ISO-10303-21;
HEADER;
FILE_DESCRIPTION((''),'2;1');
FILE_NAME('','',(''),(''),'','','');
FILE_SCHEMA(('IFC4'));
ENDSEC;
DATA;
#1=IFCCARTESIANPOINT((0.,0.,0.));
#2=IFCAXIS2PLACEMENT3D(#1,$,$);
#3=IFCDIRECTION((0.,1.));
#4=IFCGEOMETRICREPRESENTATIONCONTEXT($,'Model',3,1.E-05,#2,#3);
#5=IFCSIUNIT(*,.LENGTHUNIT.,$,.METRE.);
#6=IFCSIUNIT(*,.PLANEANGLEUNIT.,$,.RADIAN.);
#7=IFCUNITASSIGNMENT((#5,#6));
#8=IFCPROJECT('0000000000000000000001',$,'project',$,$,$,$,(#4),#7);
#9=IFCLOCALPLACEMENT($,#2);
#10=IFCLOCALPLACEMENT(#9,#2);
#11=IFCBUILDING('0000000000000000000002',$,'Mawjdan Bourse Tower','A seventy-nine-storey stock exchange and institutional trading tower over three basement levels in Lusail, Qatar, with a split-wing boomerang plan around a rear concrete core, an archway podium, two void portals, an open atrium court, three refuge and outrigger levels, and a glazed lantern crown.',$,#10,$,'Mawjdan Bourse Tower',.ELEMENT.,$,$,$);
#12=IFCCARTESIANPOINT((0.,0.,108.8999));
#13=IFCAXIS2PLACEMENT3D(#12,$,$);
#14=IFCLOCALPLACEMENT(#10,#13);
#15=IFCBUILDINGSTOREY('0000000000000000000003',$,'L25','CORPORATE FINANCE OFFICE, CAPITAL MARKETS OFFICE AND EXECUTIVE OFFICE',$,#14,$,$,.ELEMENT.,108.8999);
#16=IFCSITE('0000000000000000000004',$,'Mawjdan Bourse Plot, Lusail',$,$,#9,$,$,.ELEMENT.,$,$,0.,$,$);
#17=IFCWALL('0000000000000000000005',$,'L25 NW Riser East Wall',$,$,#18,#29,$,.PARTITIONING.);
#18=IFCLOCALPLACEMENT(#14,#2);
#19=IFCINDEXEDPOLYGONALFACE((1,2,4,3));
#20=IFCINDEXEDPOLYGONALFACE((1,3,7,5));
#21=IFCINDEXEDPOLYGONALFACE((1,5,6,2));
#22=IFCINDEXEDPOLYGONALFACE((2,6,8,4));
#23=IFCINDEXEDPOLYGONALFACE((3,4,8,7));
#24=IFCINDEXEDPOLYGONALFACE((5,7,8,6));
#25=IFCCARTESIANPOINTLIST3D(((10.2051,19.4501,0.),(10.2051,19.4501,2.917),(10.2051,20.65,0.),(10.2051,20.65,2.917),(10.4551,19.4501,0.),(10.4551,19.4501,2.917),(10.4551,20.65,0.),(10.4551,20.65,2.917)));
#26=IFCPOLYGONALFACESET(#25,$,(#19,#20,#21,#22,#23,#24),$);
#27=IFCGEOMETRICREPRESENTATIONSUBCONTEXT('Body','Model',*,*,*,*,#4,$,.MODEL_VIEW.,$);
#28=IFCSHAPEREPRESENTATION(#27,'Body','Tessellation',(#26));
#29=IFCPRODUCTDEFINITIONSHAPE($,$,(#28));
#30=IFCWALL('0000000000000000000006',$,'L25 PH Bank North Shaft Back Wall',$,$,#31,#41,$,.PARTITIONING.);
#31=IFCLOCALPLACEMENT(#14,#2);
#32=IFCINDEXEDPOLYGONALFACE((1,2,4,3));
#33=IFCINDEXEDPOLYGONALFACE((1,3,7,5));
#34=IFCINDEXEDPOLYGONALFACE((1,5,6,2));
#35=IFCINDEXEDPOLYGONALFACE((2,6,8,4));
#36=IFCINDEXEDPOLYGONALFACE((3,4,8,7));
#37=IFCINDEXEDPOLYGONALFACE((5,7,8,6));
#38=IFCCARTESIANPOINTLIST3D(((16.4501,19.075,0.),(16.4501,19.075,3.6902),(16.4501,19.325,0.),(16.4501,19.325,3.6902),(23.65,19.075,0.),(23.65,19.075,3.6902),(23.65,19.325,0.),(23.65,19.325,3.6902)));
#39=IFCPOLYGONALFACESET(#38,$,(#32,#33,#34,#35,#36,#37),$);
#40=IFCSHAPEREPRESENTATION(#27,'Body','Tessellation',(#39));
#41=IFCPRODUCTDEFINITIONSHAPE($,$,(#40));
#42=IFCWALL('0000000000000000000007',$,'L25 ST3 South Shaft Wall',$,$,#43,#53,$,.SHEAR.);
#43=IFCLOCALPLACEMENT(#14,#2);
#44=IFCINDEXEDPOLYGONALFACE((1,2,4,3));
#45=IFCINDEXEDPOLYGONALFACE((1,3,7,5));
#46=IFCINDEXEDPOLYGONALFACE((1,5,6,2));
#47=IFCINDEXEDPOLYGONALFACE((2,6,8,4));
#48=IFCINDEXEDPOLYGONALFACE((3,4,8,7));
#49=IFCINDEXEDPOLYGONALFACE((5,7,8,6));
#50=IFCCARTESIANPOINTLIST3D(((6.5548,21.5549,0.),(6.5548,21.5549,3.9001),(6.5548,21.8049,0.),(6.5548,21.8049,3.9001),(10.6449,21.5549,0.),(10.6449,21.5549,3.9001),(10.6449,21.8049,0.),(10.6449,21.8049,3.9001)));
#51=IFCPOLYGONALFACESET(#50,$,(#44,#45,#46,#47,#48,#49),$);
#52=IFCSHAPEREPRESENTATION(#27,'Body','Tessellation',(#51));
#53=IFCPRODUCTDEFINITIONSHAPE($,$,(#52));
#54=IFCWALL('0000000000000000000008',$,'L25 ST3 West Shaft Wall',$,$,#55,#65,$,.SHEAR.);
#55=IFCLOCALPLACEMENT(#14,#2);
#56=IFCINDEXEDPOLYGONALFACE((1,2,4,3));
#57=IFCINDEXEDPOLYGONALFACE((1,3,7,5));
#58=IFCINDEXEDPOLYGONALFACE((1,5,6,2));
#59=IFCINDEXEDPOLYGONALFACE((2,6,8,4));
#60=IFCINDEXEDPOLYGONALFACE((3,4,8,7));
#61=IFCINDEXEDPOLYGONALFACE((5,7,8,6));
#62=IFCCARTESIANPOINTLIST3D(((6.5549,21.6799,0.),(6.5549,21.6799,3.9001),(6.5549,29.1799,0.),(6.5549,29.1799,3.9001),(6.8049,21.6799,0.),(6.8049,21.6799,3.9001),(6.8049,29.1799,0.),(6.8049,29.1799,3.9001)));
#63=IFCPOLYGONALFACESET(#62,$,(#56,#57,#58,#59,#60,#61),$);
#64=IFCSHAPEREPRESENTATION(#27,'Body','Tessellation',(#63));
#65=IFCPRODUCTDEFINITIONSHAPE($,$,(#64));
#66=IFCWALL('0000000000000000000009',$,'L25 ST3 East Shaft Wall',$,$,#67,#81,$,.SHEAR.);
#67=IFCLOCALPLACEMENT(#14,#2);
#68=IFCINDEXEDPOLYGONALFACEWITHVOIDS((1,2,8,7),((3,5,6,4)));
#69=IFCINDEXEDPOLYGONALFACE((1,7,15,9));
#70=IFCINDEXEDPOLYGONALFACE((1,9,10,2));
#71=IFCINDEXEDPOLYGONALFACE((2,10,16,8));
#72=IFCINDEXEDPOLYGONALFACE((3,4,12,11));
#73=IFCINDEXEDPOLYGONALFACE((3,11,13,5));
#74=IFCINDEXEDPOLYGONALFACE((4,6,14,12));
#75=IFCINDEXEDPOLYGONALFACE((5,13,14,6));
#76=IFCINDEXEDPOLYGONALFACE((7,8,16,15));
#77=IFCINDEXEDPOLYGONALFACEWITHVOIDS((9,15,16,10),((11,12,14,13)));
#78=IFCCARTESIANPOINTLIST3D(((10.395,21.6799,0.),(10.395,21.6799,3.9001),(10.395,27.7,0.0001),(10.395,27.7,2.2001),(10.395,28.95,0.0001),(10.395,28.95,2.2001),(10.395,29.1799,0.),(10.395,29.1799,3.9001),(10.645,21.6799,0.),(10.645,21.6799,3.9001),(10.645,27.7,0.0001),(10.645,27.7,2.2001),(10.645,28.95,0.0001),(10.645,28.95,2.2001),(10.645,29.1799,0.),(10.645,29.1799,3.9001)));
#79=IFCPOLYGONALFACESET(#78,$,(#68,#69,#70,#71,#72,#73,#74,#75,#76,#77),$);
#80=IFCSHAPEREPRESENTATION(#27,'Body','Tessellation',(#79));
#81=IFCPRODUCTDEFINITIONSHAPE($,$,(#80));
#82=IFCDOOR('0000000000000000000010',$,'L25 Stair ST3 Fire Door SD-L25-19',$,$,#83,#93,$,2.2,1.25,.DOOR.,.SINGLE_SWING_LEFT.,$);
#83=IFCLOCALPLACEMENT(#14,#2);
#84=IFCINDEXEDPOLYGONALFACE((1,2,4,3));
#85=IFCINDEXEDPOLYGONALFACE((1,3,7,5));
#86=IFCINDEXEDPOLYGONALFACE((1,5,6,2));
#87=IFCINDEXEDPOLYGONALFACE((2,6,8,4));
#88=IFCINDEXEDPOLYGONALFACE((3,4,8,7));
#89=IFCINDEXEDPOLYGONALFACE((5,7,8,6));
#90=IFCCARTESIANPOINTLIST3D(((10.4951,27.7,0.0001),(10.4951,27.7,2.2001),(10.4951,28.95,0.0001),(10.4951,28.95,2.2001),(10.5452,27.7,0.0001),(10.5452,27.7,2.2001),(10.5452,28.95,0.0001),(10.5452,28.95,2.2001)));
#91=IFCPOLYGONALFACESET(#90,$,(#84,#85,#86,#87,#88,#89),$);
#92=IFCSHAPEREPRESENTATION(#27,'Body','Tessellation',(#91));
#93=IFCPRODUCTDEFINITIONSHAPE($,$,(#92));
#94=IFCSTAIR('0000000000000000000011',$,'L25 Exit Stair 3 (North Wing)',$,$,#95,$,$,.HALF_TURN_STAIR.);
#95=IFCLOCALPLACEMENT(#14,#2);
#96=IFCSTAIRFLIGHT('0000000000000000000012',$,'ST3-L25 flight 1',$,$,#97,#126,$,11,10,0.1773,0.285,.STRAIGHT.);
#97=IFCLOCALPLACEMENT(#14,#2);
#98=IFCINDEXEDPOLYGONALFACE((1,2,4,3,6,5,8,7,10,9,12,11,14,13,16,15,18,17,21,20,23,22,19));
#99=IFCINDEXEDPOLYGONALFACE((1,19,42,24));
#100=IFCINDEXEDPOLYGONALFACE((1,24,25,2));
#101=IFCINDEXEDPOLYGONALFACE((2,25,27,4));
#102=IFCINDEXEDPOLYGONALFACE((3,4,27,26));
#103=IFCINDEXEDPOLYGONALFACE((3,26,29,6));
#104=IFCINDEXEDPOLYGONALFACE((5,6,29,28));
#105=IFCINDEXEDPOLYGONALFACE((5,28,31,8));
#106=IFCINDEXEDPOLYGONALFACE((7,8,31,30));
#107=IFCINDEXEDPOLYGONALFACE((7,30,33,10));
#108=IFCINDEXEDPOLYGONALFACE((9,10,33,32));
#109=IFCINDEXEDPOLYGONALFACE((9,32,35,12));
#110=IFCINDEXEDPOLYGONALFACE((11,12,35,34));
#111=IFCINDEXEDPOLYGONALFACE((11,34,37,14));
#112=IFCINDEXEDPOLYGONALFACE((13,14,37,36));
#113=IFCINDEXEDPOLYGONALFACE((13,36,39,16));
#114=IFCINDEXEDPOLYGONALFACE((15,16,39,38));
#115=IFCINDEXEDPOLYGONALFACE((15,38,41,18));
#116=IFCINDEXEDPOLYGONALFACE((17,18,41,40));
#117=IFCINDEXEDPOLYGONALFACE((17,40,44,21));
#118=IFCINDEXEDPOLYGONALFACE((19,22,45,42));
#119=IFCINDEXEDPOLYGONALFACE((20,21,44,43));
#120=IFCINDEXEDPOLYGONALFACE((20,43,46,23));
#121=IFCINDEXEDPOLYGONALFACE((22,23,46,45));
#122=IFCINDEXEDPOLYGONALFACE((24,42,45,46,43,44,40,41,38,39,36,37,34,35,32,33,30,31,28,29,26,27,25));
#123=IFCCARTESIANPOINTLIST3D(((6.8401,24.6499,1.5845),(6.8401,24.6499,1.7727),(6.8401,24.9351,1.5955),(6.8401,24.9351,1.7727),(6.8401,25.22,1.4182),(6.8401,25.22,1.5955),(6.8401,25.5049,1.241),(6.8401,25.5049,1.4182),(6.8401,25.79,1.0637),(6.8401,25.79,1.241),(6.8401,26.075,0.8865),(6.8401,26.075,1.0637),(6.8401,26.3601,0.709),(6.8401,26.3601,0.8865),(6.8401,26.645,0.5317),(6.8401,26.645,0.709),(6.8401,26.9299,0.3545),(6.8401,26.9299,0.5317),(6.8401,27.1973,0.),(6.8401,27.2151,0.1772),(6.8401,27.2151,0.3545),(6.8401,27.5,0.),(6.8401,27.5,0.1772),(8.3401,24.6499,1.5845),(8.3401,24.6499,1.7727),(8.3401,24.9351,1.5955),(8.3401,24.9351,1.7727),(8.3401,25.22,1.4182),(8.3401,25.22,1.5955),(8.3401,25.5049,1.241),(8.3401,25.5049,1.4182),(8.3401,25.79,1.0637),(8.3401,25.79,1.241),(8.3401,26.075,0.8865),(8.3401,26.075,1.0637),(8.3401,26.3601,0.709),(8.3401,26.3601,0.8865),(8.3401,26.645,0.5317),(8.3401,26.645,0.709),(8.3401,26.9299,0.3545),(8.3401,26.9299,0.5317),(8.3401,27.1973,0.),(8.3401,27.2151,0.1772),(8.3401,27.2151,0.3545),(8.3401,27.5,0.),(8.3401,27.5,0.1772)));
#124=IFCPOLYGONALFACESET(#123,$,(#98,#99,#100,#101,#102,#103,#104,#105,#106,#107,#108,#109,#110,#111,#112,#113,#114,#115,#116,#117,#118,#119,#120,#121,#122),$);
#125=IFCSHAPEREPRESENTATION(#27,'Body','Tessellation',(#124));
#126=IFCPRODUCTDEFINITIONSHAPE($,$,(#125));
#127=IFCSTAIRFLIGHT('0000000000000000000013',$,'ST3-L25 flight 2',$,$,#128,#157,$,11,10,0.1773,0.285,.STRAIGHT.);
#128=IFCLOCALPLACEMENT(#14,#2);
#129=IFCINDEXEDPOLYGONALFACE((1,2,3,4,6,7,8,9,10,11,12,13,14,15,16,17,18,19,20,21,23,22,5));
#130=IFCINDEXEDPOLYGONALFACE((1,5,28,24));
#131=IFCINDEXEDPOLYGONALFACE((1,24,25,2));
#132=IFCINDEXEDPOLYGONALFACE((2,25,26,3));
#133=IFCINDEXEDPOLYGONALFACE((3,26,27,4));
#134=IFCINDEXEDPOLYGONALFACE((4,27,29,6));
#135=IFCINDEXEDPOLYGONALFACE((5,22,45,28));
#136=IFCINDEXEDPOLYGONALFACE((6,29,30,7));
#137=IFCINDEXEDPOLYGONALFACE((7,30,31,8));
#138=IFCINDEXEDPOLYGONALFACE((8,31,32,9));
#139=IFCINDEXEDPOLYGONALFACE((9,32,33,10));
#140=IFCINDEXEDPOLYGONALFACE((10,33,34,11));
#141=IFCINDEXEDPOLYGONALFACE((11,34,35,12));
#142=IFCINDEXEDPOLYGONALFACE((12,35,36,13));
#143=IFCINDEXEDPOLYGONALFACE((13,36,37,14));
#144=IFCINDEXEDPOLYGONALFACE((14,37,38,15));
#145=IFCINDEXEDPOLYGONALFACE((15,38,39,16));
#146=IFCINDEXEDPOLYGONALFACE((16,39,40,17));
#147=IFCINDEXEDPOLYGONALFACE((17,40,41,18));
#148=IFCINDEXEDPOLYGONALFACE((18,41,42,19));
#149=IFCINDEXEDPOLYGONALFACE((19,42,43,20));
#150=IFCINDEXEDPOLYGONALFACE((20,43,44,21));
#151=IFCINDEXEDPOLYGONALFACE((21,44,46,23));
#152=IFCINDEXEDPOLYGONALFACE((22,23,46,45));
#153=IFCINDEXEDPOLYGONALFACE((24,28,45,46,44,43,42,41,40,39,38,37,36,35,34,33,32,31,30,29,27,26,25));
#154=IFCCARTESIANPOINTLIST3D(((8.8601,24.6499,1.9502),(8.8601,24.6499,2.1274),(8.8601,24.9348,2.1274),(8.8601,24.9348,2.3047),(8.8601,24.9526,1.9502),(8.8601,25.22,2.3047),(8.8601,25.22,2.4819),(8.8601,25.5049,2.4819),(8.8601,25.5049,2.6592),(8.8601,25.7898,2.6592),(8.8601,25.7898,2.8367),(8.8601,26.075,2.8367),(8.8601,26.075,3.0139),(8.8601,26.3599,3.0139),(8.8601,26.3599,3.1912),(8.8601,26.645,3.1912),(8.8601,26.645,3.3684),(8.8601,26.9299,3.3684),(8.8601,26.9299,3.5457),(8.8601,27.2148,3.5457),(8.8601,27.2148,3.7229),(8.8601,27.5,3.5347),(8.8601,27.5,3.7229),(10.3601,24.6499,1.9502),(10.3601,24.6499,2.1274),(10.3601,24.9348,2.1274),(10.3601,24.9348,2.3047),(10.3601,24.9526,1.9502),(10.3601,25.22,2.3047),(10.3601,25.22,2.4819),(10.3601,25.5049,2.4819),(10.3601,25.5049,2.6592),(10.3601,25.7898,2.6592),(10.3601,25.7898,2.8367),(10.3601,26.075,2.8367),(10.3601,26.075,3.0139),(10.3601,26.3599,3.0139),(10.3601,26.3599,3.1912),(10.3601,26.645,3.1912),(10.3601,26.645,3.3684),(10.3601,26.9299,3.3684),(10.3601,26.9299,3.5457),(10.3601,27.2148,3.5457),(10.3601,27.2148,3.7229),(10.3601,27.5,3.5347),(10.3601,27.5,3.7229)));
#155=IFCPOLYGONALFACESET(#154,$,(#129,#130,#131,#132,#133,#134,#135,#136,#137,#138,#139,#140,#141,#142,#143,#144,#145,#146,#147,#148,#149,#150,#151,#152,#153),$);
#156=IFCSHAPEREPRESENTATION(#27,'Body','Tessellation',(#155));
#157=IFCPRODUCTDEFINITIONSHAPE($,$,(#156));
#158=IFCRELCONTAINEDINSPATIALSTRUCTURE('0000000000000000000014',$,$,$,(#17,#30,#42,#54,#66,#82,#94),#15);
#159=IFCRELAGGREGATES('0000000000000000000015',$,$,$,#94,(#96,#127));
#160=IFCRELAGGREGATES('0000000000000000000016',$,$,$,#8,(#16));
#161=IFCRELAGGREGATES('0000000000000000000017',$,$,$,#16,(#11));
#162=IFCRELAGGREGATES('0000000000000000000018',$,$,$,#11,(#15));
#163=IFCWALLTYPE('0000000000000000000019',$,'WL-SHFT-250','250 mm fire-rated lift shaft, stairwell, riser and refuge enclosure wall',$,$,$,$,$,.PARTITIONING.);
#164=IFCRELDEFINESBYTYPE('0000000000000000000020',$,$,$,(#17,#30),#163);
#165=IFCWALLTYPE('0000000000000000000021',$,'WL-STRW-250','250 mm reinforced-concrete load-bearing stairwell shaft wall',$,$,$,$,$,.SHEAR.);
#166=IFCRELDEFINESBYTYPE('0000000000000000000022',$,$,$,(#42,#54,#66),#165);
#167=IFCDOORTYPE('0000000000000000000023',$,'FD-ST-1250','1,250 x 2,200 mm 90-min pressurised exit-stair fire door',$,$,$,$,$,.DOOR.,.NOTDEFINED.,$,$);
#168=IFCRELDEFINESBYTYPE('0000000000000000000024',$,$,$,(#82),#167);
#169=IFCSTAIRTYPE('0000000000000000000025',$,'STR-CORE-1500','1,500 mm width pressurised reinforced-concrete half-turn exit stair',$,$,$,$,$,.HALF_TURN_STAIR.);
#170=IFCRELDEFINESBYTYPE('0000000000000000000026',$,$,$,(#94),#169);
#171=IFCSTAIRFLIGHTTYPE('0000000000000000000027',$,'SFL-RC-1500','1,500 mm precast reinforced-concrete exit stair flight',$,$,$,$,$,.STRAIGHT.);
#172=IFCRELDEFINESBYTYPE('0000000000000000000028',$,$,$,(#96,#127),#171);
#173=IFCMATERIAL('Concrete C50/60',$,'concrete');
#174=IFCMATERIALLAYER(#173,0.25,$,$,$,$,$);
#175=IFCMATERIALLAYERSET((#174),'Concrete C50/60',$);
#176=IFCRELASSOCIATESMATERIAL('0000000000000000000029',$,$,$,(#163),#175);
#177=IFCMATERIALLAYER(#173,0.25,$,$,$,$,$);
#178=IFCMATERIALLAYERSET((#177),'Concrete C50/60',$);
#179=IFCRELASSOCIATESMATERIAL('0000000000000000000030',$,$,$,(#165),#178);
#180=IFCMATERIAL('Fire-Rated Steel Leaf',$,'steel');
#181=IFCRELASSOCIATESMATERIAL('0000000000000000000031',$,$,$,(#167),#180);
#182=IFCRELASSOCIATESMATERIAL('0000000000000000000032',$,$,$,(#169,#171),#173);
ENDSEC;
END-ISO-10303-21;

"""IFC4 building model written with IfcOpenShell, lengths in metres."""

from ifc_helpers import new_model, si_unit, direction, frame, frame_2d, origin, place, context, subcontext, project, spatial, polyline, rectangle, outline, extrude, material, layer, layer_set, type_object, element, fill, aggregate, save


model = new_model("IFC4")

# Units and contexts
model_context = context("Model", 3, precision=1e-05, world=origin(), true_north=direction((0.0, 1.0)))
body_context = subcontext(model_context, "Body", "Model", "MODEL_VIEW")
ifc_project = project(units=[si_unit("LENGTHUNIT", "METRE"), si_unit("PLANEANGLEUNIT", "RADIAN")], contexts=[model_context])

# Site, building, storey
site_placement = place(None, origin())
site = spatial("IfcSite", under=ifc_project, at=site_placement, Name="Mawjdan Bourse Plot, Lusail", CompositionType="ELEMENT", RefElevation=0.0)
building_placement = place(site_placement, origin())
building = spatial("IfcBuilding", under=site, at=building_placement, Name="Mawjdan Bourse Tower", Description="A seventy-nine-storey stock exchange and institutional trading tower over three basement levels in Lusail, Qatar, with a split-wing boomerang plan around a rear concrete core, an archway podium, two void portals, an open atrium court, three refuge and outrigger levels, and a glazed lantern crown.", LongName="Mawjdan Bourse Tower", CompositionType="ELEMENT")
storey_placement = place(building_placement, frame((0.0, 0.0, 108.8999)))
storey = spatial("IfcBuildingStorey", under=building, at=storey_placement, Name="L25", Description="CORPORATE FINANCE OFFICE, CAPITAL MARKETS OFFICE AND EXECUTIVE OFFICE", CompositionType="ELEMENT", Elevation=108.8999)

# Walls
ifc_material_1 = material(Name="Concrete C50/60", Category="concrete")
ifc_layer_1 = layer(ifc_material_1, 0.25)
ifc_layer_set_1 = layer_set([ifc_layer_1], Name="Concrete C50/60")
wall_type_1 = type_object("IfcWallType", Name="WL-SHFT-250", Description="250 mm fire-rated lift shaft, stairwell, riser and refuge enclosure wall", PredefinedType="PARTITIONING", material=ifc_layer_set_1)
wall_1_placement = place(storey_placement, frame((10.3301, 19.45, 0.0), z_axis=(0.0, 0.0, 1.0), x_axis=(0.0, 1.0, 0.0)))
element("IfcWall", 1, at=wall_1_placement, inside=storey, type_object=wall_type_1, Name="L25 NW Riser East Wall", PredefinedType="PARTITIONING", context=body_context, shape_type="SweptSolid", body=[
    extrude(rectangle(XDim=1.2, YDim=0.25, at=frame_2d((0.6001, 0.0))), origin(), (0.0, 0.0, 1.0), 2.917),
])
wall_2_placement = place(storey_placement, frame((16.45, 19.2, 0.0), z_axis=(0.0, 0.0, 1.0), x_axis=(1.0, 0.0, 0.0)))
element("IfcWall", 2, at=wall_2_placement, inside=storey, type_object=wall_type_1, Name="L25 PH Bank North Shaft Back Wall", PredefinedType="PARTITIONING", context=body_context, shape_type="SweptSolid", body=[
    extrude(rectangle(XDim=7.2, YDim=0.25, at=frame_2d((3.6001, 0.0))), origin(), (0.0, 0.0, 1.0), 3.6902),
])
ifc_layer_2 = layer(ifc_material_1, 0.25)
ifc_layer_set_2 = layer_set([ifc_layer_2], Name="Concrete C50/60")
wall_type_2 = type_object("IfcWallType", Name="WL-STRW-250", Description="250 mm reinforced-concrete load-bearing stairwell shaft wall", PredefinedType="SHEAR", material=ifc_layer_set_2)
wall_3_placement = place(storey_placement, frame((6.5549, 21.6799, 0.0), z_axis=(0.0, 0.0, 1.0), x_axis=(1.0, 0.0, 0.0)))
element("IfcWall", 3, at=wall_3_placement, inside=storey, type_object=wall_type_2, Name="L25 ST3 South Shaft Wall", PredefinedType="SHEAR", context=body_context, shape_type="SweptSolid", body=[
    extrude(rectangle(XDim=4.0901, YDim=0.25, at=frame_2d((2.0449, 0.0))), origin(), (0.0, 0.0, 1.0), 3.9001),
])
wall_4_placement = place(storey_placement, frame((6.6799, 21.6799, 0.0), z_axis=(0.0, 0.0, 1.0), x_axis=(0.0, 1.0, 0.0)))
element("IfcWall", 4, at=wall_4_placement, inside=storey, type_object=wall_type_2, Name="L25 ST3 West Shaft Wall", PredefinedType="SHEAR", context=body_context, shape_type="SweptSolid", body=[
    extrude(rectangle(XDim=7.5, YDim=0.25, at=frame_2d((3.75, 0.0))), origin(), (0.0, 0.0, 1.0), 3.9001),
])

# Wall, opening, door
wall_5_placement = place(storey_placement, frame((10.52, 21.6799, 0.0), z_axis=(0.0, 0.0, 1.0), x_axis=(0.0, 1.0, 0.0)))
wall_5 = element("IfcWall", 5, at=wall_5_placement, inside=storey, type_object=wall_type_2, Name="L25 ST3 East Shaft Wall", PredefinedType="SHEAR", context=body_context, shape_type="SweptSolid", body=[
    extrude(rectangle(XDim=7.5, YDim=0.25, at=frame_2d((3.75, 0.0))), origin(), (0.0, 0.0, 1.0), 3.9001),
])
opening_1_placement = place(wall_5_placement, frame((6.02, 0.0, 0.0)))
opening_1 = element("IfcOpeningElement", 6, at=opening_1_placement, cuts=wall_5, PredefinedType="OPENING", context=body_context, shape_type="SweptSolid", body=[
    extrude(rectangle(XDim=1.25, YDim=2.2, at=frame_2d((0.625, 1.1001))), frame((0.0, 0.135, 0.0), z_axis=(0.0, -1.0, 0.0), x_axis=(1.0, 0.0, 0.0)), (0.0, 0.0, 1.0), 0.27),
])
ifc_material_2 = material(Name="Fire-Rated Steel Leaf", Category="steel")
door_type_1 = type_object("IfcDoorType", Name="FD-ST-1250", Description="1,250 x 2,200 mm 90-min pressurised exit-stair fire door", OperationType="NOTDEFINED", PredefinedType="DOOR", material=ifc_material_2)
door_1_placement = place(opening_1_placement, origin())
door_1 = element("IfcDoor", 7, at=door_1_placement, inside=storey, type_object=door_type_1, Name="L25 Stair ST3 Fire Door SD-L25-19", OperationType="SINGLE_SWING_LEFT", OverallHeight=2.2, OverallWidth=1.25, PredefinedType="DOOR", context=body_context, shape_type="SweptSolid", body=[
    extrude(rectangle(XDim=1.25, YDim=2.2, at=frame_2d((0.625, 1.1001))), frame((0.0, 0.0249, 0.0), z_axis=(0.0, -1.0, 0.0), x_axis=(1.0, 0.0, 0.0)), (0.0, 0.0, 1.0), 0.05),
])
fill(opening_1, door_1)

# Stair, stair flights
stair_type = type_object("IfcStairType", Name="STR-CORE-1500", Description="1,500 mm width pressurised reinforced-concrete half-turn exit stair", PredefinedType="HALF_TURN_STAIR", material=ifc_material_1)
stair_placement = place(storey_placement, origin())
stair = element("IfcStair", 8, at=stair_placement, inside=storey, type_object=stair_type, Name="L25 Exit Stair 3 (North Wing)", PredefinedType="HALF_TURN_STAIR")
stair_flight_type = type_object("IfcStairFlightType", Name="SFL-RC-1500", Description="1,500 mm precast reinforced-concrete exit stair flight", PredefinedType="STRAIGHT", material=ifc_material_1)
stair_flight_1_placement = place(storey_placement, frame((7.5901, 27.5, 0.0), z_axis=(0.0, 0.0, 1.0), x_axis=(0.0, -1.0, 0.0)))
stair_flight_1 = element("IfcStairFlight", 9, at=stair_flight_1_placement, type_object=stair_flight_type, Name="ST3-L25 flight 1", NumberOfRisers=11, NumberOfTreads=10, PredefinedType="STRAIGHT", RiserHeight=0.1773, TreadLength=0.285, context=body_context, shape_type="SweptSolid", body=[
    extrude(outline(polyline([(0.0, 0.0), (0.0, 0.1772), (0.2849, 0.1772), (0.2849, 0.3545), (0.5701, 0.3545), (0.5701, 0.5317), (0.855, 0.5317), (0.855, 0.709), (1.1399, 0.709), (1.1399, 0.8865), (1.425, 0.8865), (1.425, 1.0637), (1.71, 1.0637), (1.71, 1.241), (1.9951, 1.241), (1.9951, 1.4182), (2.28, 1.4182), (2.28, 1.5955), (2.5649, 1.5955), (2.5649, 1.7727), (2.8501, 1.7727), (2.8501, 1.95), (2.8501, 1.5845), (0.3027, 0.0), (0.0, 0.0)])), frame((0.0, 0.75, 0.0), z_axis=(0.0, -1.0, 0.0), x_axis=(1.0, 0.0, 0.0)), (0.0, 0.0, 1.0), 1.5),
])
stair_flight_2_placement = place(storey_placement, frame((9.6101, 24.6499, 1.9502), z_axis=(0.0, 0.0, 1.0), x_axis=(0.0, 1.0, 0.0)))
stair_flight_2 = element("IfcStairFlight", 10, at=stair_flight_2_placement, type_object=stair_flight_type, Name="ST3-L25 flight 2", NumberOfRisers=11, NumberOfTreads=10, PredefinedType="STRAIGHT", RiserHeight=0.1773, TreadLength=0.285, context=body_context, shape_type="SweptSolid", body=[
    extrude(outline(polyline([(0.0, 0.0), (0.0, 0.1772), (0.2849, 0.1772), (0.2849, 0.3545), (0.5701, 0.3545), (0.5701, 0.5317), (0.855, 0.5317), (0.855, 0.709), (1.1399, 0.709), (1.1399, 0.8865), (1.425, 0.8865), (1.425, 1.0637), (1.71, 1.0637), (1.71, 1.241), (1.9951, 1.241), (1.9951, 1.4182), (2.28, 1.4182), (2.28, 1.5955), (2.5649, 1.5955), (2.5649, 1.7727), (2.8501, 1.7727), (2.8501, 1.95), (2.8501, 1.5845), (0.3027, 0.0), (0.0, 0.0)])), frame((0.0, 0.75, 0.0), z_axis=(0.0, -1.0, 0.0), x_axis=(1.0, 0.0, 0.0)), (0.0, 0.0, 1.0), 1.5),
])
aggregate(stair, [stair_flight_1, stair_flight_2])

save(model, "model.ifc")
